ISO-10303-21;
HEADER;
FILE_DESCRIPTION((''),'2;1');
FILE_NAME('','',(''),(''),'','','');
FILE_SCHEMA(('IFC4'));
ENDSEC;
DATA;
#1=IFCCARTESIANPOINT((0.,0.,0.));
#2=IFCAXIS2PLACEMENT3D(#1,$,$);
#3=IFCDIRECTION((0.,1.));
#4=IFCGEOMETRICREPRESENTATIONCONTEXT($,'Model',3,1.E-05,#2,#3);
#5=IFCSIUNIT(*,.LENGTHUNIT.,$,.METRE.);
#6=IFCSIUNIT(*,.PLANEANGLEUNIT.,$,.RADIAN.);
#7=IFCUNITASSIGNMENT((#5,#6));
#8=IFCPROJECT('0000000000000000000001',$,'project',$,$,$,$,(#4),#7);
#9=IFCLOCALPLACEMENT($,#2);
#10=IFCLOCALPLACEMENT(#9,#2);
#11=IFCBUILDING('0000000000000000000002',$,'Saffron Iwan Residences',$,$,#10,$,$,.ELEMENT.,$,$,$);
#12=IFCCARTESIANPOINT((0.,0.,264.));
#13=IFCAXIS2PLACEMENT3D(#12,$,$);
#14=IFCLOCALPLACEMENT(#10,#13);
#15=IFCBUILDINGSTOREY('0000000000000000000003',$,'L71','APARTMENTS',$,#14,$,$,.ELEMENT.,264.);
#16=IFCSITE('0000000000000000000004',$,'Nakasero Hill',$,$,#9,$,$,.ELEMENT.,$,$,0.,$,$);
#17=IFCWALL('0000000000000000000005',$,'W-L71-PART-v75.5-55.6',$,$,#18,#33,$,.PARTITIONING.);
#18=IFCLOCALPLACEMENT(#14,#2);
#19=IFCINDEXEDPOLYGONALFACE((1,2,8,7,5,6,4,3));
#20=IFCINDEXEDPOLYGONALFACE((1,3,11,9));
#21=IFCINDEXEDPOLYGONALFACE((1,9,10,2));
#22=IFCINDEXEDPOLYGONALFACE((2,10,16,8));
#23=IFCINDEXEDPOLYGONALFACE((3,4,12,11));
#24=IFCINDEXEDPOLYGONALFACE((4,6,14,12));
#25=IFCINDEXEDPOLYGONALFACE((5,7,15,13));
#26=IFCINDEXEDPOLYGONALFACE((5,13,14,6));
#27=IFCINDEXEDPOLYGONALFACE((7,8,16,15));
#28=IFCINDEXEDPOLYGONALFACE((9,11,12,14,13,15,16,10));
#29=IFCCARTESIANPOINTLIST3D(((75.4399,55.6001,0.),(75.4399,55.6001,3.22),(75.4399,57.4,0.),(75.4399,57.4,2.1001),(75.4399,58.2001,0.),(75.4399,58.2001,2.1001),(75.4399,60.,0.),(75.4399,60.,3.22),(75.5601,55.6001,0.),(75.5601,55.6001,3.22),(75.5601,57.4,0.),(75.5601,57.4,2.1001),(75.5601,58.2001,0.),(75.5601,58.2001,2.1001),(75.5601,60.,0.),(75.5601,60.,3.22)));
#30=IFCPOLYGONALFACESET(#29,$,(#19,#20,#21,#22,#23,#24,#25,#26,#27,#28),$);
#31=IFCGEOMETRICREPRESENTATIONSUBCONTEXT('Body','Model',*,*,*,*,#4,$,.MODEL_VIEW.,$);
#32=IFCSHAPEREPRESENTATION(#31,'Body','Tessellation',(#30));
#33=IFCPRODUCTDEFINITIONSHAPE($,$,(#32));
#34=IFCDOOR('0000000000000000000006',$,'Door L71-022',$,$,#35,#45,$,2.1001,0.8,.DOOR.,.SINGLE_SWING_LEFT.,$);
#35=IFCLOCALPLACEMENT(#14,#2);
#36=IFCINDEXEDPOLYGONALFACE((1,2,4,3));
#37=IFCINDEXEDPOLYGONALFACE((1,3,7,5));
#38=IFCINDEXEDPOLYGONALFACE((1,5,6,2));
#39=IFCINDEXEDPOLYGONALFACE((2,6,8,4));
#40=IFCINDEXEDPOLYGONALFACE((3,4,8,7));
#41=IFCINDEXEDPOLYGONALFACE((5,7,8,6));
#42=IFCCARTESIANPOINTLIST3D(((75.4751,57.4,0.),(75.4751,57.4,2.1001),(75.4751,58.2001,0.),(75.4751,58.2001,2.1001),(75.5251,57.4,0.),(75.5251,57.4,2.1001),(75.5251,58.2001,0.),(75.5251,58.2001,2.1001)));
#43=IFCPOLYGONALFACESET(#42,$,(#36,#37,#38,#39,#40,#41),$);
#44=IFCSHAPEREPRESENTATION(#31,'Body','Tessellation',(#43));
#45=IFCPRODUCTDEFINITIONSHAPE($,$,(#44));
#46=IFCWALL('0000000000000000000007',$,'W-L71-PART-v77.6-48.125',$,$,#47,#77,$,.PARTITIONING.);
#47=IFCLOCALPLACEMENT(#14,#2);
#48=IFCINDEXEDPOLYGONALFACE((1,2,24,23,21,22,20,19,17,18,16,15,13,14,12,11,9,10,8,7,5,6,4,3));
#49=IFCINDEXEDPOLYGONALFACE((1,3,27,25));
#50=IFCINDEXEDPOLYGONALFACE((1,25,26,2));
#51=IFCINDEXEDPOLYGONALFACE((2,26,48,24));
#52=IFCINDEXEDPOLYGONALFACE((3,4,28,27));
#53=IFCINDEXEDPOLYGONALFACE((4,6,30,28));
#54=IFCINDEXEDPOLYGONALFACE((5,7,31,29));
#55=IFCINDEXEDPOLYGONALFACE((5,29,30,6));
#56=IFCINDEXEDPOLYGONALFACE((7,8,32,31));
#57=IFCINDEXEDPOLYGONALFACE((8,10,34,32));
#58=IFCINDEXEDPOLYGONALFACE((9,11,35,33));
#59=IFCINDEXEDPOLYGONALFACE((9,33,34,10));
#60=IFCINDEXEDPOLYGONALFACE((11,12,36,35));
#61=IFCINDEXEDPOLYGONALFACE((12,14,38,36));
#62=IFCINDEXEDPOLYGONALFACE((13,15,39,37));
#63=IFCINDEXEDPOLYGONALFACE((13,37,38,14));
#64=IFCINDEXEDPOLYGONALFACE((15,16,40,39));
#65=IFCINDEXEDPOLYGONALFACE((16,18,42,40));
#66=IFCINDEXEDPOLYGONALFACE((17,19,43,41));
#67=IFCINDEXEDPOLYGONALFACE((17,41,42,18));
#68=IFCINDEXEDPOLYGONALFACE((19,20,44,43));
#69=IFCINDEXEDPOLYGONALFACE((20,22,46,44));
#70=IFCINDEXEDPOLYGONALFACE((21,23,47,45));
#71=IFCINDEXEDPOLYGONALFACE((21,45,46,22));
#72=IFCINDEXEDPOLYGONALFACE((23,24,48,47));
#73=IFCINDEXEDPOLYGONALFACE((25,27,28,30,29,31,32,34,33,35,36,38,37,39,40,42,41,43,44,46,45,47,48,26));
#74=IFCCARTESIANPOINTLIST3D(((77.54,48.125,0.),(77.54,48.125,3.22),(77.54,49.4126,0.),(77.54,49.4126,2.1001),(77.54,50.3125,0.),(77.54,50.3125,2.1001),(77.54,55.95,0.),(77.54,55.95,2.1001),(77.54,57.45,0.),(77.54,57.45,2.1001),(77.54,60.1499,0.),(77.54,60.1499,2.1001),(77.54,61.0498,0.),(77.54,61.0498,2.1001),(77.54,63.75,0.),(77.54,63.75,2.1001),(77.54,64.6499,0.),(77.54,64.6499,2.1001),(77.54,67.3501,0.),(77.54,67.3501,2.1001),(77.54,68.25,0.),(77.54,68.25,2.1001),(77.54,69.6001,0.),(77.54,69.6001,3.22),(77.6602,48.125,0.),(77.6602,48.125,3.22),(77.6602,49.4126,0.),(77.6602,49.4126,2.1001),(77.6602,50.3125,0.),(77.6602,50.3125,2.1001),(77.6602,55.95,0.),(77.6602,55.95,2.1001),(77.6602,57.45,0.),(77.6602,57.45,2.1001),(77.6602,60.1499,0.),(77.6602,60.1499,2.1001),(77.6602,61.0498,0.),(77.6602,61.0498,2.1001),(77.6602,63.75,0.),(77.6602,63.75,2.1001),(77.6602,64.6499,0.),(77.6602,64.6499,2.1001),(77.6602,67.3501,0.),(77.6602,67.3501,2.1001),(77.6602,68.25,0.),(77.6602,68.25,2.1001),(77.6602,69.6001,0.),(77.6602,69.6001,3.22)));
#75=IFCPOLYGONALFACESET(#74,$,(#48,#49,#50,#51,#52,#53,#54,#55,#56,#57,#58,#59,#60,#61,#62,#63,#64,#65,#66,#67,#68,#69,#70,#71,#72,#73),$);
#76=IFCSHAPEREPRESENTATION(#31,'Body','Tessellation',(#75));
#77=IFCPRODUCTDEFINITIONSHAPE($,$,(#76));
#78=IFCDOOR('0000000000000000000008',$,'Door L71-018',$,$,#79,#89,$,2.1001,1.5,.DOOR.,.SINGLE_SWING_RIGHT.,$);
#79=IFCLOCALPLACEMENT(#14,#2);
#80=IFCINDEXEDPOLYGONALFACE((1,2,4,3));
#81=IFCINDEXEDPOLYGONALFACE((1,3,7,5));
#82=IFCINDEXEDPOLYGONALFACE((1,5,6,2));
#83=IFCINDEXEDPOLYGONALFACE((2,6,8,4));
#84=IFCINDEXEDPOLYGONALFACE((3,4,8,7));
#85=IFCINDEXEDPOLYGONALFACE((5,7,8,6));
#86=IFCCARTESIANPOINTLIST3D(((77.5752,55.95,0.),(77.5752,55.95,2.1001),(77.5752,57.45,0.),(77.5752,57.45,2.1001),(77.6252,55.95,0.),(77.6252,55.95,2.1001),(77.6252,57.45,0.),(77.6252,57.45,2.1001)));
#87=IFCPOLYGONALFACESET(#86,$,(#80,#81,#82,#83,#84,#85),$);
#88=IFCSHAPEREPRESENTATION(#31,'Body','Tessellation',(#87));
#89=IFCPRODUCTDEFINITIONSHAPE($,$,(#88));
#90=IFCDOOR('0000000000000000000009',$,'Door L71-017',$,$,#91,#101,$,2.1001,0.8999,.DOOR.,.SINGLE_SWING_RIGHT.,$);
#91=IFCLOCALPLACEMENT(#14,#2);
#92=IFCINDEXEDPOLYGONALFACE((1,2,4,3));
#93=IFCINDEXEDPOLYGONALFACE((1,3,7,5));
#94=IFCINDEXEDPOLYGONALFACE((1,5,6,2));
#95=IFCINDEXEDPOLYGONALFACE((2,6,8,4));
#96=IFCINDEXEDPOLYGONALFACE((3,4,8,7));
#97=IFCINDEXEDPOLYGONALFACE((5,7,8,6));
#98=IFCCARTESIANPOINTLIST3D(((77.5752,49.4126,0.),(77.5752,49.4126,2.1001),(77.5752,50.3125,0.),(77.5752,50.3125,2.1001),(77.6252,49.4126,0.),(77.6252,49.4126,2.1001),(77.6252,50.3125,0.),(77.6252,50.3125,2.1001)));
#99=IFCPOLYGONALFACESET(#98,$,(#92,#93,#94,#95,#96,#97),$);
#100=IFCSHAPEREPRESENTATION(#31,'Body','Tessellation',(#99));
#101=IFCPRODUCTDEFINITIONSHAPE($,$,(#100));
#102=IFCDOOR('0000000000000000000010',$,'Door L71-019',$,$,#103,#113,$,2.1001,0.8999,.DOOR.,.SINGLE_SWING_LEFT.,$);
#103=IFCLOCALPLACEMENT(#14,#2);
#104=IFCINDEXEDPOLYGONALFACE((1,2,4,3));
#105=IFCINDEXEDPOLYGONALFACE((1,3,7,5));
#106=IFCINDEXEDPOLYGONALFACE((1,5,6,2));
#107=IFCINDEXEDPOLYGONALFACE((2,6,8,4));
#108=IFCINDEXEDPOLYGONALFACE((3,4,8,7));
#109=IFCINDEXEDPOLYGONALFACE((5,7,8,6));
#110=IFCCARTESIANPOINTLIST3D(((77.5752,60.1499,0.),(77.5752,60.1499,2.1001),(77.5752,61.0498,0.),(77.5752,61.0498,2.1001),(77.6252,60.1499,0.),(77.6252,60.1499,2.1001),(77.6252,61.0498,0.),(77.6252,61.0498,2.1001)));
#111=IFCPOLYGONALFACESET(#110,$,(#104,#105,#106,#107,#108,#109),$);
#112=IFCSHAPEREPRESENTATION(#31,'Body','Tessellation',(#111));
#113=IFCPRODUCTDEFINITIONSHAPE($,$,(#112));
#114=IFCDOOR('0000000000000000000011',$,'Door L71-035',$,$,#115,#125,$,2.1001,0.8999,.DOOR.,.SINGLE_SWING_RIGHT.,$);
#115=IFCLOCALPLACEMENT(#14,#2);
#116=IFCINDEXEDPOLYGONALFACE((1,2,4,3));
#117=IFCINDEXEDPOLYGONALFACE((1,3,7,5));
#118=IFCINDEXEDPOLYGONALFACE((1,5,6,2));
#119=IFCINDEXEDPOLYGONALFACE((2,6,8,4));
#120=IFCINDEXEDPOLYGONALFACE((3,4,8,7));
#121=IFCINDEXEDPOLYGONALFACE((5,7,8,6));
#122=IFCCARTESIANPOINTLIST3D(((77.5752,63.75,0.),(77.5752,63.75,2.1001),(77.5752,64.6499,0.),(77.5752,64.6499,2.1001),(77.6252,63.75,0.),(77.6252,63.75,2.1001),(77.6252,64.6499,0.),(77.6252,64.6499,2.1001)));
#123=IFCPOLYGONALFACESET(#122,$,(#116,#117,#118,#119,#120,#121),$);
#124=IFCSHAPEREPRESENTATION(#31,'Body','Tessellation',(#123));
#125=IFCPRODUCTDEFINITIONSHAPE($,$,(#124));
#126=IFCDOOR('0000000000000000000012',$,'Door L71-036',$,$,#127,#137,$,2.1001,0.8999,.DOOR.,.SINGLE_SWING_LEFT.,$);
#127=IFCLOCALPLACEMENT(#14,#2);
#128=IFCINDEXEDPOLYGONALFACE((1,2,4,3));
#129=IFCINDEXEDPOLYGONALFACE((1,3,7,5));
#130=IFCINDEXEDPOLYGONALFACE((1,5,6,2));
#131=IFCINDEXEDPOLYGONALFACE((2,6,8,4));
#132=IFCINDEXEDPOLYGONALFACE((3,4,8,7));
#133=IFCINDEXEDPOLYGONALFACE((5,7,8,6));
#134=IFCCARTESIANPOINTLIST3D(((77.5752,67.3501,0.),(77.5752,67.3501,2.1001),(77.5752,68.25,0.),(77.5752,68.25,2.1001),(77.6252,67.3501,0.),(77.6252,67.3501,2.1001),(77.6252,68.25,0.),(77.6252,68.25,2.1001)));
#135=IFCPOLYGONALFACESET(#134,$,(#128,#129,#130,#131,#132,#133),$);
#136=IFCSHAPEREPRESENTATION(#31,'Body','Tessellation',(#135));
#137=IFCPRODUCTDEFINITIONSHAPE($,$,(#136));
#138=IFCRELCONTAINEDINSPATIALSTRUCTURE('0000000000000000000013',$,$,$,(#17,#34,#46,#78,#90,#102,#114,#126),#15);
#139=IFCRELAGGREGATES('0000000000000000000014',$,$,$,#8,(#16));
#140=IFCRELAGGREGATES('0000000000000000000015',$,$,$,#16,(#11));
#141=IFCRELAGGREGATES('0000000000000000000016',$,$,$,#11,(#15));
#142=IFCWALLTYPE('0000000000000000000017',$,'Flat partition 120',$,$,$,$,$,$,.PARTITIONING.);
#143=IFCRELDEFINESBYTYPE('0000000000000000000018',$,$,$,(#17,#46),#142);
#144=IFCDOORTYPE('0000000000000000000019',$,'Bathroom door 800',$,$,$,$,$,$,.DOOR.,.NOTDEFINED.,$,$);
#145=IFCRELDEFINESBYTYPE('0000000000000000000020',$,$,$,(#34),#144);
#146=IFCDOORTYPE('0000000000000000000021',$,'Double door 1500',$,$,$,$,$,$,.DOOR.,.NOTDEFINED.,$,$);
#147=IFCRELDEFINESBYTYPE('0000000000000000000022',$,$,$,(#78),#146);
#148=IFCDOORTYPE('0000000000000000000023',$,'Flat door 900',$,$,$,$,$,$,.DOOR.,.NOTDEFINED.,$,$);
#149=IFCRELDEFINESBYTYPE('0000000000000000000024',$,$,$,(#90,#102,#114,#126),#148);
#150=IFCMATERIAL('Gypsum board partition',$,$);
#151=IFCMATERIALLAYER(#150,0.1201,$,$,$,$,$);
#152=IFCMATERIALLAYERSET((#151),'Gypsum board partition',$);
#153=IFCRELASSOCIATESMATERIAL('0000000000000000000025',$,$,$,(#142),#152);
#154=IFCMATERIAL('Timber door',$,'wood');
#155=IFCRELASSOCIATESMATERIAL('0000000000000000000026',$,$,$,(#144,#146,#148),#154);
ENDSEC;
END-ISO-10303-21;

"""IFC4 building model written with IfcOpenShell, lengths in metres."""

from ifc_helpers import new_model, si_unit, direction, frame, frame_2d, origin, place, context, subcontext, project, spatial, rectangle, extrude, material, layer, layer_set, type_object, element, fill, save


model = new_model("IFC4")

# Units and contexts
model_context = context("Model", 3, precision=1e-05, world=origin(), true_north=direction((0.0, 1.0)))
body_context = subcontext(model_context, "Body", "Model", "MODEL_VIEW")
ifc_project = project(units=[si_unit("LENGTHUNIT", "METRE"), si_unit("PLANEANGLEUNIT", "RADIAN")], contexts=[model_context])

# Site, building, storey
site_placement = place(None, origin())
site = spatial("IfcSite", under=ifc_project, at=site_placement, Name="Nakasero Hill", CompositionType="ELEMENT", RefElevation=0.0)
building_placement = place(site_placement, origin())
building = spatial("IfcBuilding", under=site, at=building_placement, Name="Saffron Iwan Residences", CompositionType="ELEMENT")
storey_placement = place(building_placement, frame((0.0, 0.0, 264.0)))
storey = spatial("IfcBuildingStorey", under=building, at=storey_placement, Name="L71", Description="APARTMENTS", CompositionType="ELEMENT", Elevation=264.0)

# Shared definitions
ifc_material_1 = material(Name="Gypsum board partition")
ifc_layer_1 = layer(ifc_material_1, 0.1201)
ifc_layer_set_1 = layer_set([ifc_layer_1], Name="Gypsum board partition")
wall_type_1 = type_object("IfcWallType", Name="Flat partition 120", PredefinedType="PARTITIONING", material=ifc_layer_set_1)

# Wall, opening, door
ifc_material_2 = material(Name="Timber door", Category="wood")
door_type_1 = type_object("IfcDoorType", Name="Bathroom door 800", OperationType="NOTDEFINED", PredefinedType="DOOR", material=ifc_material_2)
wall_1_placement = place(storey_placement, frame((75.5, 55.6001, 0.0), z_axis=(0.0, 0.0, 1.0), x_axis=(0.0, 1.0, 0.0)))
wall_1 = element("IfcWall", 1, at=wall_1_placement, inside=storey, type_object=wall_type_1, Name="W-L71-PART-v75.5-55.6", PredefinedType="PARTITIONING", context=body_context, shape_type="SweptSolid", body=[
    extrude(rectangle(XDim=4.3999, YDim=0.1201, at=frame_2d((2.2, 0.0))), origin(), (0.0, 0.0, 1.0), 3.22),
])
opening_1_placement = place(wall_1_placement, frame((1.8, 0.0, 0.0)))
opening_1 = element("IfcOpeningElement", 2, at=opening_1_placement, cuts=wall_1, PredefinedType="OPENING", context=body_context, shape_type="SweptSolid", body=[
    extrude(rectangle(XDim=0.8, YDim=2.1001, at=frame_2d((0.3999, 1.05))), frame((0.0, 0.0701, 0.0), z_axis=(0.0, -1.0, 0.0), x_axis=(1.0, 0.0, 0.0)), (0.0, 0.0, 1.0), 0.1401),
])
door_1_placement = place(opening_1_placement, origin())
door_1 = element("IfcDoor", 3, at=door_1_placement, inside=storey, type_object=door_type_1, Name="Door L71-022", OperationType="SINGLE_SWING_LEFT", OverallHeight=2.1001, OverallWidth=0.8, PredefinedType="DOOR", context=body_context, shape_type="SweptSolid", body=[
    extrude(rectangle(XDim=0.8, YDim=2.1001, at=frame_2d((0.3999, 1.05))), frame((0.0, 0.0249, 0.0), z_axis=(0.0, -1.0, 0.0), x_axis=(1.0, 0.0, 0.0)), (0.0, 0.0, 1.0), 0.05),
])
fill(opening_1, door_1)

# Wall, openings, doors
wall_2_placement = place(storey_placement, frame((77.6001, 48.125, 0.0), z_axis=(0.0, 0.0, 1.0), x_axis=(0.0, 1.0, 0.0)))
wall_2 = element("IfcWall", 4, at=wall_2_placement, inside=storey, type_object=wall_type_1, Name="W-L71-PART-v77.6-48.125", PredefinedType="PARTITIONING", context=body_context, shape_type="SweptSolid", body=[
    extrude(rectangle(XDim=21.4751, YDim=0.1201, at=frame_2d((10.7375, 0.0))), origin(), (0.0, 0.0, 1.0), 3.22),
])
opening_2_placement = place(wall_2_placement, frame((1.2876, 0.0, 0.0)))
opening_2 = element("IfcOpeningElement", 5, at=opening_2_placement, cuts=wall_2, PredefinedType="OPENING", context=body_context, shape_type="SweptSolid", body=[
    extrude(rectangle(XDim=0.8999, YDim=2.1001, at=frame_2d((0.45, 1.05))), frame((0.0, 0.0701, 0.0), z_axis=(0.0, -1.0, 0.0), x_axis=(1.0, 0.0, 0.0)), (0.0, 0.0, 1.0), 0.1401),
])
opening_3_placement = place(wall_2_placement, frame((7.825, 0.0, 0.0)))
opening_3 = element("IfcOpeningElement", 6, at=opening_3_placement, cuts=wall_2, PredefinedType="OPENING", context=body_context, shape_type="SweptSolid", body=[
    extrude(rectangle(XDim=1.5, YDim=2.1001, at=frame_2d((0.75, 1.05))), frame((0.0, 0.0701, 0.0), z_axis=(0.0, -1.0, 0.0), x_axis=(1.0, 0.0, 0.0)), (0.0, 0.0, 1.0), 0.1401),
])
opening_4_placement = place(wall_2_placement, frame((12.0249, 0.0, 0.0)))
opening_4 = element("IfcOpeningElement", 7, at=opening_4_placement, cuts=wall_2, PredefinedType="OPENING", context=body_context, shape_type="SweptSolid", body=[
    extrude(rectangle(XDim=0.8999, YDim=2.1001, at=frame_2d((0.45, 1.05))), frame((0.0, 0.0701, 0.0), z_axis=(0.0, -1.0, 0.0), x_axis=(1.0, 0.0, 0.0)), (0.0, 0.0, 1.0), 0.1401),
])
opening_5_placement = place(wall_2_placement, frame((15.625, 0.0, 0.0)))
opening_5 = element("IfcOpeningElement", 8, at=opening_5_placement, cuts=wall_2, PredefinedType="OPENING", context=body_context, shape_type="SweptSolid", body=[
    extrude(rectangle(XDim=0.8999, YDim=2.1001, at=frame_2d((0.45, 1.05))), frame((0.0, 0.0701, 0.0), z_axis=(0.0, -1.0, 0.0), x_axis=(1.0, 0.0, 0.0)), (0.0, 0.0, 1.0), 0.1401),
])
opening_6_placement = place(wall_2_placement, frame((19.2251, 0.0, 0.0)))
opening_6 = element("IfcOpeningElement", 9, at=opening_6_placement, cuts=wall_2, PredefinedType="OPENING", context=body_context, shape_type="SweptSolid", body=[
    extrude(rectangle(XDim=0.8999, YDim=2.1001, at=frame_2d((0.45, 1.05))), frame((0.0, 0.0701, 0.0), z_axis=(0.0, -1.0, 0.0), x_axis=(1.0, 0.0, 0.0)), (0.0, 0.0, 1.0), 0.1401),
])
door_type_2 = type_object("IfcDoorType", Name="Double door 1500", OperationType="NOTDEFINED", PredefinedType="DOOR", material=ifc_material_2)
door_2_placement = place(opening_3_placement, origin())
door_2 = element("IfcDoor", 10, at=door_2_placement, inside=storey, type_object=door_type_2, Name="Door L71-018", OperationType="SINGLE_SWING_RIGHT", OverallHeight=2.1001, OverallWidth=1.5, PredefinedType="DOOR", context=body_context, shape_type="SweptSolid", body=[
    extrude(rectangle(XDim=1.5, YDim=2.1001, at=frame_2d((0.75, 1.05))), frame((0.0, 0.0249, 0.0), z_axis=(0.0, -1.0, 0.0), x_axis=(1.0, 0.0, 0.0)), (0.0, 0.0, 1.0), 0.05),
])
fill(opening_3, door_2)
door_type_3 = type_object("IfcDoorType", Name="Flat door 900", OperationType="NOTDEFINED", PredefinedType="DOOR", material=ifc_material_2)
door_3_placement = place(opening_2_placement, origin())
door_3 = element("IfcDoor", 11, at=door_3_placement, inside=storey, type_object=door_type_3, Name="Door L71-017", OperationType="SINGLE_SWING_RIGHT", OverallHeight=2.1001, OverallWidth=0.8999, PredefinedType="DOOR", context=body_context, shape_type="SweptSolid", body=[
    extrude(rectangle(XDim=0.8999, YDim=2.1001, at=frame_2d((0.45, 1.05))), frame((0.0, 0.0249, 0.0), z_axis=(0.0, -1.0, 0.0), x_axis=(1.0, 0.0, 0.0)), (0.0, 0.0, 1.0), 0.05),
])
fill(opening_2, door_3)
door_4_placement = place(opening_4_placement, origin())
door_4 = element("IfcDoor", 12, at=door_4_placement, inside=storey, type_object=door_type_3, Name="Door L71-019", OperationType="SINGLE_SWING_LEFT", OverallHeight=2.1001, OverallWidth=0.8999, PredefinedType="DOOR", context=body_context, shape_type="SweptSolid", body=[
    extrude(rectangle(XDim=0.8999, YDim=2.1001, at=frame_2d((0.45, 1.05))), frame((0.0, 0.0249, 0.0), z_axis=(0.0, -1.0, 0.0), x_axis=(1.0, 0.0, 0.0)), (0.0, 0.0, 1.0), 0.05),
])
fill(opening_4, door_4)
door_5_placement = place(opening_5_placement, origin())
door_5 = element("IfcDoor", 13, at=door_5_placement, inside=storey, type_object=door_type_3, Name="Door L71-035", OperationType="SINGLE_SWING_RIGHT", OverallHeight=2.1001, OverallWidth=0.8999, PredefinedType="DOOR", context=body_context, shape_type="SweptSolid", body=[
    extrude(rectangle(XDim=0.8999, YDim=2.1001, at=frame_2d((0.45, 1.05))), frame((0.0, 0.0249, 0.0), z_axis=(0.0, -1.0, 0.0), x_axis=(1.0, 0.0, 0.0)), (0.0, 0.0, 1.0), 0.05),
])
fill(opening_5, door_5)
door_6_placement = place(opening_6_placement, origin())
door_6 = element("IfcDoor", 14, at=door_6_placement, inside=storey, type_object=door_type_3, Name="Door L71-036", OperationType="SINGLE_SWING_LEFT", OverallHeight=2.1001, OverallWidth=0.8999, PredefinedType="DOOR", context=body_context, shape_type="SweptSolid", body=[
    extrude(rectangle(XDim=0.8999, YDim=2.1001, at=frame_2d((0.45, 1.05))), frame((0.0, 0.0249, 0.0), z_axis=(0.0, -1.0, 0.0), x_axis=(1.0, 0.0, 0.0)), (0.0, 0.0, 1.0), 0.05),
])
fill(opening_6, door_6)

save(model, "model.ifc")
